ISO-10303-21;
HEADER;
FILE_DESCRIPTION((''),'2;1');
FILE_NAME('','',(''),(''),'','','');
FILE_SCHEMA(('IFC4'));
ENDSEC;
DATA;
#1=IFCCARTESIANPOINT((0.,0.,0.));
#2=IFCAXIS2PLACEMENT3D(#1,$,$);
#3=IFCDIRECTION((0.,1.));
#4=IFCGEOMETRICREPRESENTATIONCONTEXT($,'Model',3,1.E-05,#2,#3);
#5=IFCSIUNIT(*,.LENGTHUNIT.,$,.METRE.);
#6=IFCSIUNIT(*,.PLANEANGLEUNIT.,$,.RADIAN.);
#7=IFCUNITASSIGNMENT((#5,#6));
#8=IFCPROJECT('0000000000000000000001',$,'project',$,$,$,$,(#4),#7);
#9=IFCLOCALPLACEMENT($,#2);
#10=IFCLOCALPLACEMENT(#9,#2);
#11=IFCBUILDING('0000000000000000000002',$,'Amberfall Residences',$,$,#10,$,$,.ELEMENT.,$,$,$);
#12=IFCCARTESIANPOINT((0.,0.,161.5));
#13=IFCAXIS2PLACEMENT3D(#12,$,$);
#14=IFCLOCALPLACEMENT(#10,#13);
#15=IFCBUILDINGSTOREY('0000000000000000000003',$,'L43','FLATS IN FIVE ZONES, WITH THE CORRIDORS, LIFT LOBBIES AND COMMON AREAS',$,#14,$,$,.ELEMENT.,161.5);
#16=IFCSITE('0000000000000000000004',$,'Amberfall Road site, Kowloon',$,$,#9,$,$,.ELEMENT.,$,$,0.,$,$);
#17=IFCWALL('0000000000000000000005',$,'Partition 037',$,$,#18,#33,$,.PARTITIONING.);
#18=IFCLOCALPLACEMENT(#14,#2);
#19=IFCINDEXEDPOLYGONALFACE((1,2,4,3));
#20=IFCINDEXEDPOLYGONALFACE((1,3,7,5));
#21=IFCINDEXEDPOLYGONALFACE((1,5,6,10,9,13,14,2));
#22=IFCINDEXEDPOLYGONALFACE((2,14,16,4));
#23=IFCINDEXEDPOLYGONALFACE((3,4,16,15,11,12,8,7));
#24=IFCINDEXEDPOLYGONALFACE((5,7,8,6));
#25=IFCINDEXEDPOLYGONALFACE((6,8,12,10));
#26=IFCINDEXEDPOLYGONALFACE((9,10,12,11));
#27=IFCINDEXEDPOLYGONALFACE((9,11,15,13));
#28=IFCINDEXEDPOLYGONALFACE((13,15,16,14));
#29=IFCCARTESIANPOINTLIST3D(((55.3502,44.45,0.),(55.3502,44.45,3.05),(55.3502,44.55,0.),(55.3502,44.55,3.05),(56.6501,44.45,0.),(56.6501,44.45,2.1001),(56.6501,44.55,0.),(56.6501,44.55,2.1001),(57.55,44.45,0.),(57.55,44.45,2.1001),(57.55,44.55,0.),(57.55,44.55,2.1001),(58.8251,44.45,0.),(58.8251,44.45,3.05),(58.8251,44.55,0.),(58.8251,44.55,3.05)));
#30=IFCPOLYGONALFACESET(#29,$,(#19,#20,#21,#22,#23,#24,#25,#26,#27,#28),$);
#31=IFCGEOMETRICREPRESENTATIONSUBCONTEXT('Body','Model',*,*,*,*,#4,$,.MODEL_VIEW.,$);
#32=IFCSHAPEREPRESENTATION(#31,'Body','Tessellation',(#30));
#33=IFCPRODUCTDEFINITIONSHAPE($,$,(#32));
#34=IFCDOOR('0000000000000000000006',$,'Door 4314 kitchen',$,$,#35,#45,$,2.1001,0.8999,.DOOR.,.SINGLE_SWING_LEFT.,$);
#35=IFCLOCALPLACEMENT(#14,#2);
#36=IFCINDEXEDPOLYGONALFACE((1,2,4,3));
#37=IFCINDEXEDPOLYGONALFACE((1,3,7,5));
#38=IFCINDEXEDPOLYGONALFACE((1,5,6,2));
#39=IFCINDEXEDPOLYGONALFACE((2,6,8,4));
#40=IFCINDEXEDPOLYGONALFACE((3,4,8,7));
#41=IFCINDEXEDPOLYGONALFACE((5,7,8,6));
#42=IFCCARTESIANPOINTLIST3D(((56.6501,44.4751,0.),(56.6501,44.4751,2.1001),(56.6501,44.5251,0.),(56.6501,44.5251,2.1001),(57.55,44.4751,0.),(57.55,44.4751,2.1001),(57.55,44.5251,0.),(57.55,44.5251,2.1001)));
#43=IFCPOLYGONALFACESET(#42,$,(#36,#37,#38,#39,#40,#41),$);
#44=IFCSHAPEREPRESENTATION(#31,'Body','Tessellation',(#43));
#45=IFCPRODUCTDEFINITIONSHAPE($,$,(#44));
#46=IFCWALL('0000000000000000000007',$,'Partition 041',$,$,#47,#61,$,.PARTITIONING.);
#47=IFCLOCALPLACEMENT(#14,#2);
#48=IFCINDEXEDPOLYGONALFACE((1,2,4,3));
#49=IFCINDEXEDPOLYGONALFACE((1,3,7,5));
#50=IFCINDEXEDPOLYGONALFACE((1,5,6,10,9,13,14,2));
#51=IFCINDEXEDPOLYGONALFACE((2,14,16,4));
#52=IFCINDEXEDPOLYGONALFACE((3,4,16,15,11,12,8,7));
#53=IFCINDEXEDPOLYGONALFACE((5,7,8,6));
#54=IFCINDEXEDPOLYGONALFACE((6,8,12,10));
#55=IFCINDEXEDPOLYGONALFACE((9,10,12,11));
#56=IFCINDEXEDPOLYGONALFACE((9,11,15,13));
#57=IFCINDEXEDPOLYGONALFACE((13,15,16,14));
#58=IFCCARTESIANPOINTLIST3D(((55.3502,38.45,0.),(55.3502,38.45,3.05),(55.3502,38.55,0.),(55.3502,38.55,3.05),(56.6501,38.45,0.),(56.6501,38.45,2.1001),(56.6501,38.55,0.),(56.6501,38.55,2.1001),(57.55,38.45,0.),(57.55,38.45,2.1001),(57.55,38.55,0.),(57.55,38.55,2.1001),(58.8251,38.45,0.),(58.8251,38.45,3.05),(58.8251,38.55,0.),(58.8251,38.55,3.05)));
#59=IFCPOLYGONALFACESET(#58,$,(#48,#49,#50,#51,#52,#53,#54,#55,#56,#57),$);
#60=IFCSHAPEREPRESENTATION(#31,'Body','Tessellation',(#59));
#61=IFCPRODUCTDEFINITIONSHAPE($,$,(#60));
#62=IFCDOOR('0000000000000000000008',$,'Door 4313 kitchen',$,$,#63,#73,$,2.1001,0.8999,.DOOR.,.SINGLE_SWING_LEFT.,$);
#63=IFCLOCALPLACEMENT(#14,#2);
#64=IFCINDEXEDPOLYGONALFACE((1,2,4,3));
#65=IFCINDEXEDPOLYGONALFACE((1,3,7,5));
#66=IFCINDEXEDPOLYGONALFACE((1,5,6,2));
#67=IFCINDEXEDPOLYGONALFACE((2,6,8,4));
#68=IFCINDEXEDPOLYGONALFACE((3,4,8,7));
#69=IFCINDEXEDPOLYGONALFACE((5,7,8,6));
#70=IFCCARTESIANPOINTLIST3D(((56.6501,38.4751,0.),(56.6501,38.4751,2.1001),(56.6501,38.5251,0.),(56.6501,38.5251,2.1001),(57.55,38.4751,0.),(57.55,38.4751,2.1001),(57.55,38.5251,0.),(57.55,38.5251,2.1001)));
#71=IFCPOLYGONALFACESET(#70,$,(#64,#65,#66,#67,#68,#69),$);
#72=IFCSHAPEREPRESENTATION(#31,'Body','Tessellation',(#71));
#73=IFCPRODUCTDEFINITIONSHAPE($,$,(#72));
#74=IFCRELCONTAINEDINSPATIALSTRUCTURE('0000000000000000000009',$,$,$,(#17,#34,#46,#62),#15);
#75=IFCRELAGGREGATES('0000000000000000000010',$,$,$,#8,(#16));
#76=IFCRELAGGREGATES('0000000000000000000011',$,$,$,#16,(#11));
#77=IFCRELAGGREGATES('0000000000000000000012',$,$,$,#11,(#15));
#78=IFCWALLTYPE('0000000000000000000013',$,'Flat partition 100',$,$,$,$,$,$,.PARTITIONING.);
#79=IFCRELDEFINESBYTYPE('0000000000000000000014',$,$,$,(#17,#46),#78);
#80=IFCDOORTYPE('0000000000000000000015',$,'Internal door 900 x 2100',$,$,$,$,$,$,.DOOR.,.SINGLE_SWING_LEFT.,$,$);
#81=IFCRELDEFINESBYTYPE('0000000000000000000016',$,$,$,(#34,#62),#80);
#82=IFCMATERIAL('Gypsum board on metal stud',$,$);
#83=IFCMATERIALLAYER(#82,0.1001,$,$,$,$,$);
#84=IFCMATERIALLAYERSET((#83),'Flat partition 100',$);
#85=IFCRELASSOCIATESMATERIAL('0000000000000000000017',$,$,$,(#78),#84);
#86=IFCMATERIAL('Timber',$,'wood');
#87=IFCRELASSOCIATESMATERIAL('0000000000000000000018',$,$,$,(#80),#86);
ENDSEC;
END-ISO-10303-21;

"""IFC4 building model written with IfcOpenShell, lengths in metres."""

from ifc_helpers import new_model, si_unit, direction, frame, frame_2d, origin, place, context, subcontext, project, spatial, rectangle, extrude, material, layer, layer_set, type_object, element, fill, save


model = new_model("IFC4")

# Units and contexts
model_context = context("Model", 3, precision=1e-05, world=origin(), true_north=direction((0.0, 1.0)))
body_context = subcontext(model_context, "Body", "Model", "MODEL_VIEW")
ifc_project = project(units=[si_unit("LENGTHUNIT", "METRE"), si_unit("PLANEANGLEUNIT", "RADIAN")], contexts=[model_context])

# Site, building, storey
site_placement = place(None, origin())
site = spatial("IfcSite", under=ifc_project, at=site_placement, Name="Amberfall Road site, Kowloon", CompositionType="ELEMENT", RefElevation=0.0)
building_placement = place(site_placement, origin())
building = spatial("IfcBuilding", under=site, at=building_placement, Name="Amberfall Residences", CompositionType="ELEMENT")
storey_placement = place(building_placement, frame((0.0, 0.0, 161.5)))
storey = spatial("IfcBuildingStorey", under=building, at=storey_placement, Name="L43", Description="FLATS IN FIVE ZONES, WITH THE CORRIDORS, LIFT LOBBIES AND COMMON AREAS", CompositionType="ELEMENT", Elevation=161.5)

# Walls, openings, doors
ifc_material_1 = material(Name="Gypsum board on metal stud")
ifc_layer_1 = layer(ifc_material_1, 0.1001)
ifc_layer_set_1 = layer_set([ifc_layer_1], Name="Flat partition 100")
wall_type_1 = type_object("IfcWallType", Name="Flat partition 100", PredefinedType="PARTITIONING", material=ifc_layer_set_1)
wall_1_placement = place(storey_placement, frame((58.825, 44.5, 0.0), z_axis=(0.0, 0.0, 1.0), x_axis=(-1.0, 0.0, 0.0)))
wall_1 = element("IfcWall", 1, at=wall_1_placement, inside=storey, type_object=wall_type_1, Name="Partition 037", PredefinedType="PARTITIONING", context=body_context, shape_type="SweptSolid", body=[
    extrude(rectangle(XDim=3.4749, YDim=0.1001, at=frame_2d((1.7373, 0.0))), origin(), (0.0, 0.0, 1.0), 3.05),
])
opening_1_placement = place(wall_1_placement, frame((1.2749, 0.0, 0.0)))
opening_1 = element("IfcOpeningElement", 2, at=opening_1_placement, cuts=wall_1, PredefinedType="OPENING", context=body_context, shape_type="SweptSolid", body=[
    extrude(rectangle(XDim=0.8999, YDim=2.1001, at=frame_2d((0.45, 1.05))), frame((0.0, 0.0601, 0.0), z_axis=(0.0, -1.0, 0.0), x_axis=(1.0, 0.0, 0.0)), (0.0, 0.0, 1.0), 0.1201),
])
ifc_material_2 = material(Name="Timber", Category="wood")
door_type_1 = type_object("IfcDoorType", Name="Internal door 900 x 2100", OperationType="SINGLE_SWING_LEFT", PredefinedType="DOOR", material=ifc_material_2)
door_1_placement = place(opening_1_placement, origin())
door_1 = element("IfcDoor", 3, at=door_1_placement, inside=storey, type_object=door_type_1, Name="Door 4314 kitchen", OperationType="SINGLE_SWING_LEFT", OverallHeight=2.1001, OverallWidth=0.8999, PredefinedType="DOOR", context=body_context, shape_type="SweptSolid", body=[
    extrude(rectangle(XDim=0.8999, YDim=2.1001, at=frame_2d((0.45, 1.05))), frame((0.0, 0.0249, 0.0), z_axis=(0.0, -1.0, 0.0), x_axis=(1.0, 0.0, 0.0)), (0.0, 0.0, 1.0), 0.05),
])
fill(opening_1, door_1)
wall_2_placement = place(storey_placement, frame((58.825, 38.5, 0.0), z_axis=(0.0, 0.0, 1.0), x_axis=(-1.0, 0.0, 0.0)))
wall_2 = element("IfcWall", 4, at=wall_2_placement, inside=storey, type_object=wall_type_1, Name="Partition 041", PredefinedType="PARTITIONING", context=body_context, shape_type="SweptSolid", body=[
    extrude(rectangle(XDim=3.4749, YDim=0.1001, at=frame_2d((1.7373, 0.0))), origin(), (0.0, 0.0, 1.0), 3.05),
])
opening_2_placement = place(wall_2_placement, frame((1.2749, 0.0, 0.0)))
opening_2 = element("IfcOpeningElement", 5, at=opening_2_placement, cuts=wall_2, PredefinedType="OPENING", context=body_context, shape_type="SweptSolid", body=[
    extrude(rectangle(XDim=0.8999, YDim=2.1001, at=frame_2d((0.45, 1.05))), frame((0.0, 0.0601, 0.0), z_axis=(0.0, -1.0, 0.0), x_axis=(1.0, 0.0, 0.0)), (0.0, 0.0, 1.0), 0.1201),
])
door_2_placement = place(opening_2_placement, origin())
door_2 = element("IfcDoor", 6, at=door_2_placement, inside=storey, type_object=door_type_1, Name="Door 4313 kitchen", OperationType="SINGLE_SWING_LEFT", OverallHeight=2.1001, OverallWidth=0.8999, PredefinedType="DOOR", context=body_context, shape_type="SweptSolid", body=[
    extrude(rectangle(XDim=0.8999, YDim=2.1001, at=frame_2d((0.45, 1.05))), frame((0.0, 0.0249, 0.0), z_axis=(0.0, -1.0, 0.0), x_axis=(1.0, 0.0, 0.0)), (0.0, 0.0, 1.0), 0.05),
])
fill(opening_2, door_2)

save(model, "model.ifc")
